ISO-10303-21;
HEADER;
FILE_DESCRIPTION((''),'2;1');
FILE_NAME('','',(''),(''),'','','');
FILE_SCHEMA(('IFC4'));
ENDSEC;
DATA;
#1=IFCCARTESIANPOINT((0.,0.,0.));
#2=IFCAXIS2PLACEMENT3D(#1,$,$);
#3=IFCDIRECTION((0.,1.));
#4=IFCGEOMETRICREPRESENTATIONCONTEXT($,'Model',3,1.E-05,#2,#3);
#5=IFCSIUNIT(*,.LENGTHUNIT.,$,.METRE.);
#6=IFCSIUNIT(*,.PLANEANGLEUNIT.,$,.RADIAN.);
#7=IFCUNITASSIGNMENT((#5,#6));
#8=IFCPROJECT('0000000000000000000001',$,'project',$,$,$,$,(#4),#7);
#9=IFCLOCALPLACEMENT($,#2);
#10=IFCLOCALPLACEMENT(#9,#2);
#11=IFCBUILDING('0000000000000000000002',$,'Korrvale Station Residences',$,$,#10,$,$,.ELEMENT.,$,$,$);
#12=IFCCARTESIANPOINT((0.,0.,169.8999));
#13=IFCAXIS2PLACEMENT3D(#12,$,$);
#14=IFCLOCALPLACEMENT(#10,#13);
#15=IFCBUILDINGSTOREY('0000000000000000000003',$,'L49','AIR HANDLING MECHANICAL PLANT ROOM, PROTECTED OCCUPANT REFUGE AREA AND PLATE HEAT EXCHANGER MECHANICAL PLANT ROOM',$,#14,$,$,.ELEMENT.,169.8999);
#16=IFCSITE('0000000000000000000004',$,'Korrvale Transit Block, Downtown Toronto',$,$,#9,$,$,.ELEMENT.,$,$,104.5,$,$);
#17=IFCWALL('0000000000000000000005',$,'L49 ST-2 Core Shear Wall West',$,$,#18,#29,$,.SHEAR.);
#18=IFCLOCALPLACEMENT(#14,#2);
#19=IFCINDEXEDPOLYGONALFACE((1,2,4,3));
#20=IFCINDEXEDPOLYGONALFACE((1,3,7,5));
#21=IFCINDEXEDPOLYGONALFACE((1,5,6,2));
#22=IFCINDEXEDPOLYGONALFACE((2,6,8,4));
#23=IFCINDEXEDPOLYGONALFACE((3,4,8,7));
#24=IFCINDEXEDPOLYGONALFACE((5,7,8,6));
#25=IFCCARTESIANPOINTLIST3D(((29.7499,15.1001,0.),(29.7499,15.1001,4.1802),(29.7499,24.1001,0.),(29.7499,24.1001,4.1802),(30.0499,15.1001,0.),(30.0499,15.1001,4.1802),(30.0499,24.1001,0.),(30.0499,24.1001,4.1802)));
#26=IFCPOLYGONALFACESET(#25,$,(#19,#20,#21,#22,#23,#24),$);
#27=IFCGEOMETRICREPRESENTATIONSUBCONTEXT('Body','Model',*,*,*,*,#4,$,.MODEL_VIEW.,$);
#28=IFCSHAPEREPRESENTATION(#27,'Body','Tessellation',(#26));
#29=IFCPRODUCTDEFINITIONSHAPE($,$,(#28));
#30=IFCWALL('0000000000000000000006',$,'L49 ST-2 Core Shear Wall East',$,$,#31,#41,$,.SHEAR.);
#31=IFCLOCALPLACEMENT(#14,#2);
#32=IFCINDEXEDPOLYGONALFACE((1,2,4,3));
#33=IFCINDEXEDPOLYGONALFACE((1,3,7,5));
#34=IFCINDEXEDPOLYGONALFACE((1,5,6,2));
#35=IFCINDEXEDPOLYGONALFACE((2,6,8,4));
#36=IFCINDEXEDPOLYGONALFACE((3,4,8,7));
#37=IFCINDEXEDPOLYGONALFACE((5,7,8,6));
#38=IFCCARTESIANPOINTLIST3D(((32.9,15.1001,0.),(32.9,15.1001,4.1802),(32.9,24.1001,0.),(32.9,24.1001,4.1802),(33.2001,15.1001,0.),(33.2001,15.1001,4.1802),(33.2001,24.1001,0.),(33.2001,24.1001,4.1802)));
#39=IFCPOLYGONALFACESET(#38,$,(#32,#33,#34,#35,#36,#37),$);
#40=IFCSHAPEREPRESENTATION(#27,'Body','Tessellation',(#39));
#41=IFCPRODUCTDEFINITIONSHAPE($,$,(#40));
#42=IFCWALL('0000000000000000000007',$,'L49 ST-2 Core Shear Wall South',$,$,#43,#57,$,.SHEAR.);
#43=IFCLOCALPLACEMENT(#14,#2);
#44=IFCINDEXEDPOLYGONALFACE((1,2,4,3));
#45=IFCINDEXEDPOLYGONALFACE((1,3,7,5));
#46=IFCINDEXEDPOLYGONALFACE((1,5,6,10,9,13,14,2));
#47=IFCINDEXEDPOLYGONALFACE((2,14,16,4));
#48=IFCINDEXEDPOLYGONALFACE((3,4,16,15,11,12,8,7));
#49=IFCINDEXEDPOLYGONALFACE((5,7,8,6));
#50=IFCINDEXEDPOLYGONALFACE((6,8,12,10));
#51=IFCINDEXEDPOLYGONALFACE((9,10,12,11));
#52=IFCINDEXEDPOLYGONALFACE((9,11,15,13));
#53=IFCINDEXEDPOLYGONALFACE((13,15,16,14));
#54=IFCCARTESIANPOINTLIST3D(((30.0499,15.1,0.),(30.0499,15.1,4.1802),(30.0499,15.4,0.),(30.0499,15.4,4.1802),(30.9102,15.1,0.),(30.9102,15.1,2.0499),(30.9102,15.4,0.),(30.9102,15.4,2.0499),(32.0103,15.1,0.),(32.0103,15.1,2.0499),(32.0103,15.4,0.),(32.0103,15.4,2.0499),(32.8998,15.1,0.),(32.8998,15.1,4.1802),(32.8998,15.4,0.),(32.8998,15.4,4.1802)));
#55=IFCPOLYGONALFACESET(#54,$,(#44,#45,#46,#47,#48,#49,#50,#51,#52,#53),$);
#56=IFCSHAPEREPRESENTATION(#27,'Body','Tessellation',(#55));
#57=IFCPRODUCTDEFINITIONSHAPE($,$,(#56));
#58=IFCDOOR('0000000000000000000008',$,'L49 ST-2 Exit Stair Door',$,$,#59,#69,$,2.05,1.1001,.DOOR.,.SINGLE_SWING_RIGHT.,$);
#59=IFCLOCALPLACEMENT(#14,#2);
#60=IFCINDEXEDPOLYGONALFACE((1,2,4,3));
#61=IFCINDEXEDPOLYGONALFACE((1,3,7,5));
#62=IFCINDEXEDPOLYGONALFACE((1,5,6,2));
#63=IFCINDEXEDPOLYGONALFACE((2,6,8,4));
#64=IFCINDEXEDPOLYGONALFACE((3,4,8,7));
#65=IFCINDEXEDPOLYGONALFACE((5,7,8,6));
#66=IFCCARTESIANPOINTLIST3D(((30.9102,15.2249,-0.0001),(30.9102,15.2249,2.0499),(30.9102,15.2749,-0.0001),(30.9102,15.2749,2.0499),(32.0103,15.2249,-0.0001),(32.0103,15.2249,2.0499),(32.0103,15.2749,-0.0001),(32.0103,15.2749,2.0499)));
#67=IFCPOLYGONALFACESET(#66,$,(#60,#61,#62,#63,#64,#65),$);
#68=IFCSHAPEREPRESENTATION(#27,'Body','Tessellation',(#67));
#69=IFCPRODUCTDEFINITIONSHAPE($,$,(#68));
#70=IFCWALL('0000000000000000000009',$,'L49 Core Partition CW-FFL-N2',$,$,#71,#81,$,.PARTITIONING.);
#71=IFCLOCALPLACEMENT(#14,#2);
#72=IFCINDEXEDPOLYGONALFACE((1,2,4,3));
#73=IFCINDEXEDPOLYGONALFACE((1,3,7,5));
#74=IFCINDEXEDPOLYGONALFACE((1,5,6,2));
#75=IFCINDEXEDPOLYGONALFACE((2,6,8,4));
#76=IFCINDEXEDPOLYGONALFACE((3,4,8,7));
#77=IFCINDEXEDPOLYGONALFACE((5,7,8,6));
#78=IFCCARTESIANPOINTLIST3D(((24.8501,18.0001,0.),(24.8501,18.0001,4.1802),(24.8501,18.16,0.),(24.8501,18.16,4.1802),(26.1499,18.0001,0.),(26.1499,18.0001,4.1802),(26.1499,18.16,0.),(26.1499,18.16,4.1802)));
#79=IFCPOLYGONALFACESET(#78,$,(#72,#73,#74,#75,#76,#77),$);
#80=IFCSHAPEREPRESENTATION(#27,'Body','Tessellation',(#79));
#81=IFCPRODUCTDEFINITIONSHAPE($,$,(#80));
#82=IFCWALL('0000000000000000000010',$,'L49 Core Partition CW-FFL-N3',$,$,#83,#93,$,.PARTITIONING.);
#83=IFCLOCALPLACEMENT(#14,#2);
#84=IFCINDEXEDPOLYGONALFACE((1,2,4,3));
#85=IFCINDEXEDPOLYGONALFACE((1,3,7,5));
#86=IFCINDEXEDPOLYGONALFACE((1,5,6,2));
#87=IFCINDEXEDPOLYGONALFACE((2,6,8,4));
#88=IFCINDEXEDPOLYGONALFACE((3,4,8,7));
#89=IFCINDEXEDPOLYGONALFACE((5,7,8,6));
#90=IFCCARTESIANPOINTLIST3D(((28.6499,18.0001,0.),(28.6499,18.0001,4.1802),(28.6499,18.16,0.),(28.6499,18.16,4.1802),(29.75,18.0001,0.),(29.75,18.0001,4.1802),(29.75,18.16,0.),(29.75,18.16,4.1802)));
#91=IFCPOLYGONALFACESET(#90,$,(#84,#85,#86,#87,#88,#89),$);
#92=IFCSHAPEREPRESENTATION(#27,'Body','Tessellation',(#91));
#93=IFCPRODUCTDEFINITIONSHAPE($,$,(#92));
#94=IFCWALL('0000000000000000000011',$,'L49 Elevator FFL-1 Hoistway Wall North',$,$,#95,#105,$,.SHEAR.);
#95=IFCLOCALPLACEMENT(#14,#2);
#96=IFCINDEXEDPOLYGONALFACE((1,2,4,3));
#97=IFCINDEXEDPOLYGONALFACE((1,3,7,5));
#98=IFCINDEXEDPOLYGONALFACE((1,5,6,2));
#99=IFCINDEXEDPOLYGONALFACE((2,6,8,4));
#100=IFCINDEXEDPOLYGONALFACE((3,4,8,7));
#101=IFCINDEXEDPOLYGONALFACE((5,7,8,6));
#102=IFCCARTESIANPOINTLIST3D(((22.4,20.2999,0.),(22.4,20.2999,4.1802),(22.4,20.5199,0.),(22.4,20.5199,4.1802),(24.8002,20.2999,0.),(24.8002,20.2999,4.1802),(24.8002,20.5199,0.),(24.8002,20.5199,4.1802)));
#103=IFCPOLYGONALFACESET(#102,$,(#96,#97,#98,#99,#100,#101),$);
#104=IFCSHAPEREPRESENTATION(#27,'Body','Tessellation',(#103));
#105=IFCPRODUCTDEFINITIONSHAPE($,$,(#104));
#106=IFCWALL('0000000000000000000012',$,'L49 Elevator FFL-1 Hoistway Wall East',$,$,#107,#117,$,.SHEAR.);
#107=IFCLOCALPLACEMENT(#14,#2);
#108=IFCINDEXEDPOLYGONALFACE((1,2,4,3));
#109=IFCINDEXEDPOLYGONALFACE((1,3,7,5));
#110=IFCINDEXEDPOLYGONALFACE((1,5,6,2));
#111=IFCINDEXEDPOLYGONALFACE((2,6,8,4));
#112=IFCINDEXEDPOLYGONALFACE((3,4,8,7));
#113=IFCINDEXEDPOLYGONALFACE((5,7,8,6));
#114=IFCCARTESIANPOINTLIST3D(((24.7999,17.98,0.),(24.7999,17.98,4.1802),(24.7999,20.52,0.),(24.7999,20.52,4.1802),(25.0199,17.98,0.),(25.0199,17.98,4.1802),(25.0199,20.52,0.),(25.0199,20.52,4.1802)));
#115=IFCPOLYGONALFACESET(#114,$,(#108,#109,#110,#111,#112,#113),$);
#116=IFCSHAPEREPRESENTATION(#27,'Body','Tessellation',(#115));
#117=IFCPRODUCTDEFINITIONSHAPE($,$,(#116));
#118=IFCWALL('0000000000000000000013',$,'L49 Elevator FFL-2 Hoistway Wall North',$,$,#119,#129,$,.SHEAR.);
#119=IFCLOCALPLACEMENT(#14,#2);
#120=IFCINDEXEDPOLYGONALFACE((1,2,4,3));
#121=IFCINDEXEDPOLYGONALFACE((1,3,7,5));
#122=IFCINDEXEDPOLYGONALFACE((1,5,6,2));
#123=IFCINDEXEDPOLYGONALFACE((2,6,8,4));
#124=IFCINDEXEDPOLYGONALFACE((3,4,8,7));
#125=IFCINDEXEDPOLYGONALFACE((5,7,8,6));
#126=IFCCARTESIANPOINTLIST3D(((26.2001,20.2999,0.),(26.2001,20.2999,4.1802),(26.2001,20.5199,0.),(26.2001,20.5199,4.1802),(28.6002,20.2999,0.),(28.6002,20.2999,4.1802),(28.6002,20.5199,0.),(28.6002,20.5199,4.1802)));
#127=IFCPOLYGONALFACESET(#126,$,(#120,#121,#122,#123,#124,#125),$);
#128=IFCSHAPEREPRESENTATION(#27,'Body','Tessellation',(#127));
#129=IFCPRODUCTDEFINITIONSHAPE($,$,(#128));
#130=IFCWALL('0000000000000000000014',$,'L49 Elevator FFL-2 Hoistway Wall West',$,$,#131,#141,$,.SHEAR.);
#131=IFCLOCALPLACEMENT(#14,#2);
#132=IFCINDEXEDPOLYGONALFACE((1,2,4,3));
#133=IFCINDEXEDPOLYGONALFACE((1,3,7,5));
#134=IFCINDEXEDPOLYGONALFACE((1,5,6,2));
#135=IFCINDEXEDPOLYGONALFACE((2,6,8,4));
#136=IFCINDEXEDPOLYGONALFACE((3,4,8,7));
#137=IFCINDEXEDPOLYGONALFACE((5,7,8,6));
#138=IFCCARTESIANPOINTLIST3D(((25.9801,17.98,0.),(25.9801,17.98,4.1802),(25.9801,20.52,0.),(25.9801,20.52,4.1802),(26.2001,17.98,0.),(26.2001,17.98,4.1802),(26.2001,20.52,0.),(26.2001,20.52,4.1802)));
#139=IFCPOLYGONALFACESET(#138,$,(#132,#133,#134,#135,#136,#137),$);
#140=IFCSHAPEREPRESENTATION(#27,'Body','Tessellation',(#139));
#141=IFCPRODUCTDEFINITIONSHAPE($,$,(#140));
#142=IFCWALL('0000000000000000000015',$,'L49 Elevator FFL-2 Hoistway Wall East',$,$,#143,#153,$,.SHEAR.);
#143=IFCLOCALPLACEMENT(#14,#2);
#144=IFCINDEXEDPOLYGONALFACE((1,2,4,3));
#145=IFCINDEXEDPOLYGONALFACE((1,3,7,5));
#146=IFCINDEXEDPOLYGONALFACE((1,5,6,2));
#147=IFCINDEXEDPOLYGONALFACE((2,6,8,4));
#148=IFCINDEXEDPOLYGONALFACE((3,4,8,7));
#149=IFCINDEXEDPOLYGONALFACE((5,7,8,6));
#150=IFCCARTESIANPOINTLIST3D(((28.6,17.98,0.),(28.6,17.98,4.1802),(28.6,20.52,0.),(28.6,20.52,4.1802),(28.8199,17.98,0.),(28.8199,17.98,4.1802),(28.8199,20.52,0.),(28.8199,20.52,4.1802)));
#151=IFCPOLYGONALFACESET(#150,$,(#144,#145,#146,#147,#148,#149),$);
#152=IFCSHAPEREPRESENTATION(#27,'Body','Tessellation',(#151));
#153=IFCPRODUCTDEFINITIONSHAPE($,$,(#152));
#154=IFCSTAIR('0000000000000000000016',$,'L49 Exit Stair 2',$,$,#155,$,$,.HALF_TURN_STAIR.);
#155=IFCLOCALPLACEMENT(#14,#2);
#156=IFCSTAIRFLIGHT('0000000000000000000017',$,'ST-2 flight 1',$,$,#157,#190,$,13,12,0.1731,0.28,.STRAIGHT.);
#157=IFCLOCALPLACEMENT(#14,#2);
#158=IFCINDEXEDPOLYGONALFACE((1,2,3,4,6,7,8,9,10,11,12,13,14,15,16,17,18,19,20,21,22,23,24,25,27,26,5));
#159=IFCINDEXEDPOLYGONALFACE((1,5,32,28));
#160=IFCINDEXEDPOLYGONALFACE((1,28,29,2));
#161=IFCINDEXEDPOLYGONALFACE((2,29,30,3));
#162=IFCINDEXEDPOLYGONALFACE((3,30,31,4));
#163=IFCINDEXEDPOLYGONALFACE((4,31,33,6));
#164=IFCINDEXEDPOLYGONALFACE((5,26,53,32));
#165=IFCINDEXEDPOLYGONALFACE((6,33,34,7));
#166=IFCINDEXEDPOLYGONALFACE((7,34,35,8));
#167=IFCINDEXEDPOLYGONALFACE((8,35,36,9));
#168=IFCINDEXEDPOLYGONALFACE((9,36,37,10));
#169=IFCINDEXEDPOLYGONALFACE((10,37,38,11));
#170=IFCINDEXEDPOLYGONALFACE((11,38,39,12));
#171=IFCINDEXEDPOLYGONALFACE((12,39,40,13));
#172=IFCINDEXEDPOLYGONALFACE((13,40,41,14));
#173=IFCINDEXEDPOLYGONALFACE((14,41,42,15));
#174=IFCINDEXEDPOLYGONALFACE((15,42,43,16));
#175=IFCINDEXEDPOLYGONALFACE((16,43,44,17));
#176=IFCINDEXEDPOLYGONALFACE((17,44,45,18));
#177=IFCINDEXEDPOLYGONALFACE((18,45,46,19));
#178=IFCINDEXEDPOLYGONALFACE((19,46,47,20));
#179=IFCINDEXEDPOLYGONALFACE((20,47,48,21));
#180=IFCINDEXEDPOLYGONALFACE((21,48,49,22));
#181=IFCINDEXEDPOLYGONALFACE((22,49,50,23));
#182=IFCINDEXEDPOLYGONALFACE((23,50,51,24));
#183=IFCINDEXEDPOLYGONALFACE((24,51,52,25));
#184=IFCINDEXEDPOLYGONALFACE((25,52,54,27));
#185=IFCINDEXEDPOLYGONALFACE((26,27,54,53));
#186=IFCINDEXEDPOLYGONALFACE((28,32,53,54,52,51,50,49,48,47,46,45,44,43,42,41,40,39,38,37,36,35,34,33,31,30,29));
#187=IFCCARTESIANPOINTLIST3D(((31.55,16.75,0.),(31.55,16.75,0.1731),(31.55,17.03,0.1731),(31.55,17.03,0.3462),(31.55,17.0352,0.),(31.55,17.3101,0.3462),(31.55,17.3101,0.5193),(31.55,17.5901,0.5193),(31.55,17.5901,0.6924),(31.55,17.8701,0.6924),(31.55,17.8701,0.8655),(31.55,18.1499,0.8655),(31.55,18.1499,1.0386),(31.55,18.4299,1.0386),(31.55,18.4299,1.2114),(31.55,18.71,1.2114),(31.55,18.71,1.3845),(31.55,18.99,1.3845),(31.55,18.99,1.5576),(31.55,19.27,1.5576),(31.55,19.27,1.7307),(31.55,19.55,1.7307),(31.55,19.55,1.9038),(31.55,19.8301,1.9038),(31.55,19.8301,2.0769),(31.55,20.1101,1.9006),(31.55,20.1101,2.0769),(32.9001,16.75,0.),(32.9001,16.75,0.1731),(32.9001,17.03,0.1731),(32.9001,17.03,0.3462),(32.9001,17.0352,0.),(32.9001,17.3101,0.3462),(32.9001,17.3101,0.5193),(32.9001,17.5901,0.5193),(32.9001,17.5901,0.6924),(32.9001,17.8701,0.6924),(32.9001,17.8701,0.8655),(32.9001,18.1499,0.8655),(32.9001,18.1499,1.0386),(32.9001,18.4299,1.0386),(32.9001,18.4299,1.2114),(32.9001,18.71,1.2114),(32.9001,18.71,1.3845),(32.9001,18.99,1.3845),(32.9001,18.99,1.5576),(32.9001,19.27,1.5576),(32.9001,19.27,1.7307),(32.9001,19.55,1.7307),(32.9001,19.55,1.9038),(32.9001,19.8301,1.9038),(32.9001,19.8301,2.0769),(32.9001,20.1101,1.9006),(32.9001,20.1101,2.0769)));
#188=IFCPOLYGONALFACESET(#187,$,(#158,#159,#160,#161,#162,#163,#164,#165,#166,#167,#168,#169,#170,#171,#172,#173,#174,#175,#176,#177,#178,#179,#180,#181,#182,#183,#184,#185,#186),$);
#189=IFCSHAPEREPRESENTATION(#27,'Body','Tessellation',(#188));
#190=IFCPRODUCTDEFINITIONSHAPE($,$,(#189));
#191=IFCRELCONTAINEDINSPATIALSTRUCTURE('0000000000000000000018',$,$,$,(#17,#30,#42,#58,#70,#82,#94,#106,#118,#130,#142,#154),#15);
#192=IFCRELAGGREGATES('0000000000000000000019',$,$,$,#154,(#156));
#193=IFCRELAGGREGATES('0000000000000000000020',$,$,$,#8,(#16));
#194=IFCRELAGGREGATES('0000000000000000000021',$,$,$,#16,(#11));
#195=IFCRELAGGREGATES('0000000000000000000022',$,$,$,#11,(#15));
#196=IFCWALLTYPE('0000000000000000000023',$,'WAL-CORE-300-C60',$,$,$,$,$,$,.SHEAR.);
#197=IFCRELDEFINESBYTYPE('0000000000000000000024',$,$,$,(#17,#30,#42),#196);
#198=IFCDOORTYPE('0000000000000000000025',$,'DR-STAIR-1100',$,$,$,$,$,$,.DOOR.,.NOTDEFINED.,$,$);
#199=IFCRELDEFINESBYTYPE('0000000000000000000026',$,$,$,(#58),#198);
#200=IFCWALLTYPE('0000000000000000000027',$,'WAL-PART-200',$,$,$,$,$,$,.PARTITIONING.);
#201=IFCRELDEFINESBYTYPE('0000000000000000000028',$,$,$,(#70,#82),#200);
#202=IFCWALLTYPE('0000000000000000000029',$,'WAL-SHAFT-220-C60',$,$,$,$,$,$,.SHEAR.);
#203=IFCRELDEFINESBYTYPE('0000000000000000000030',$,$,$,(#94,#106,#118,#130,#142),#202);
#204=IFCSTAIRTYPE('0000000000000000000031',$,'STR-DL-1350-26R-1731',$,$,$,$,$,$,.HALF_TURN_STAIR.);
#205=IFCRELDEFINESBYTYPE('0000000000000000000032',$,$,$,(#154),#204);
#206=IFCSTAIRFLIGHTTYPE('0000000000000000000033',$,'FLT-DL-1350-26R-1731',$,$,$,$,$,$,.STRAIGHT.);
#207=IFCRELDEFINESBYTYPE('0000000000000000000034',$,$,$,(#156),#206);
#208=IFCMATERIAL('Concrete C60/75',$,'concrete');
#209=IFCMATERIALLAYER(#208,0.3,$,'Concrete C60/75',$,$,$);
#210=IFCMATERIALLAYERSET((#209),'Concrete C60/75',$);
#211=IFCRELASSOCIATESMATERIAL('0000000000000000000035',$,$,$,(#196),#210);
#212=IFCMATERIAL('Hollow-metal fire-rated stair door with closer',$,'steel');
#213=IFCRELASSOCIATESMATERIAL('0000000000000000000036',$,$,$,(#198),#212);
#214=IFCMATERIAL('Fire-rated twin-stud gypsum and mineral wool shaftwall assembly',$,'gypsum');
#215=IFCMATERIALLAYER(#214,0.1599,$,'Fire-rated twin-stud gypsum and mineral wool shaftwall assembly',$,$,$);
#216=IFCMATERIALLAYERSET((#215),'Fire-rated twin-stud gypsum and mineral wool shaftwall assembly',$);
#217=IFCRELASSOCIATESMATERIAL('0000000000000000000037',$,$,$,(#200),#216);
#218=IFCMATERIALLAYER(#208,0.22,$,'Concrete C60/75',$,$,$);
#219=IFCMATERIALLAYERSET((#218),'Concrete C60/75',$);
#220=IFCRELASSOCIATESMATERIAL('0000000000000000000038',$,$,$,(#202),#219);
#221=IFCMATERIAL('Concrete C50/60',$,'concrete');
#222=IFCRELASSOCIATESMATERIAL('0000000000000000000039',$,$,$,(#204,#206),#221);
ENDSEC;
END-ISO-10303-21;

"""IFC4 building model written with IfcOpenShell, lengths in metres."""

from ifc_helpers import new_model, si_unit, direction, frame, frame_2d, origin, place, context, subcontext, project, spatial, polyline, rectangle, outline, extrude, material, layer, layer_set, type_object, element, fill, aggregate, save


model = new_model("IFC4")

# Units and contexts
model_context = context("Model", 3, precision=1e-05, world=origin(), true_north=direction((0.0, 1.0)))
body_context = subcontext(model_context, "Body", "Model", "MODEL_VIEW")
ifc_project = project(units=[si_unit("LENGTHUNIT", "METRE"), si_unit("PLANEANGLEUNIT", "RADIAN")], contexts=[model_context])

# Site, building, storey
site_placement = place(None, origin())
site = spatial("IfcSite", under=ifc_project, at=site_placement, Name="Korrvale Transit Block, Downtown Toronto", CompositionType="ELEMENT", RefElevation=104.5)
building_placement = place(site_placement, origin())
building = spatial("IfcBuilding", under=site, at=building_placement, Name="Korrvale Station Residences", CompositionType="ELEMENT")
storey_placement = place(building_placement, frame((0.0, 0.0, 169.8999)))
storey = spatial("IfcBuildingStorey", under=building, at=storey_placement, Name="L49", Description="AIR HANDLING MECHANICAL PLANT ROOM, PROTECTED OCCUPANT REFUGE AREA AND PLATE HEAT EXCHANGER MECHANICAL PLANT ROOM", CompositionType="ELEMENT", Elevation=169.8999)

# Walls
ifc_material_1 = material(Name="Concrete C60/75", Category="concrete")
ifc_layer_1 = layer(ifc_material_1, 0.3, Name="Concrete C60/75")
ifc_layer_set_1 = layer_set([ifc_layer_1], Name="Concrete C60/75")
wall_type_1 = type_object("IfcWallType", Name="WAL-CORE-300-C60", PredefinedType="SHEAR", material=ifc_layer_set_1)
for number, where, z_axis, x_axis, name in (
    (1, (29.8999, 15.1001, 0.0), (0.0, 0.0, 1.0), (0.0, 1.0, 0.0), "L49 ST-2 Core Shear Wall West"),
    (2, (33.05, 15.1001, 0.0), (0.0, 0.0, 1.0), (0.0, 1.0, 0.0), "L49 ST-2 Core Shear Wall East"),
):
    element("IfcWall", number, at=place(storey_placement, frame(where, z_axis=z_axis, x_axis=x_axis)), inside=storey, type_object=wall_type_1, Name=name, PredefinedType="SHEAR", context=body_context, shape_type="SweptSolid", body=[
        extrude(rectangle(XDim=9.0, YDim=0.3, at=frame_2d((4.5, 0.0))), origin(), (0.0, 0.0, 1.0), 4.1802),
    ])

# Wall, opening, door
wall_1_placement = place(storey_placement, frame((30.05, 15.25, 0.0), z_axis=(0.0, 0.0, 1.0), x_axis=(1.0, 0.0, 0.0)))
wall_1 = element("IfcWall", 3, at=wall_1_placement, inside=storey, type_object=wall_type_1, Name="L49 ST-2 Core Shear Wall South", PredefinedType="SHEAR", context=body_context, shape_type="SweptSolid", body=[
    extrude(rectangle(XDim=2.8499, YDim=0.3, at=frame_2d((1.4248, 0.0))), origin(), (0.0, 0.0, 1.0), 4.1802),
])
opening_1_placement = place(wall_1_placement, frame((0.8601, 0.0, 0.0)))
opening_1 = element("IfcOpeningElement", 4, at=opening_1_placement, cuts=wall_1, PredefinedType="OPENING", context=body_context, shape_type="SweptSolid", body=[
    extrude(rectangle(XDim=1.1001, YDim=2.05, at=frame_2d((0.55, 1.0249))), frame((0.0, 0.1602, 0.0), z_axis=(0.0, -1.0, 0.0), x_axis=(1.0, 0.0, 0.0)), (0.0, 0.0, 1.0), 0.3201),
])
ifc_material_2 = material(Name="Hollow-metal fire-rated stair door with closer", Category="steel")
door_type_1 = type_object("IfcDoorType", Name="DR-STAIR-1100", OperationType="NOTDEFINED", PredefinedType="DOOR", material=ifc_material_2)
door_1_placement = place(opening_1_placement, origin())
door_1 = element("IfcDoor", 5, at=door_1_placement, inside=storey, type_object=door_type_1, Name="L49 ST-2 Exit Stair Door", OperationType="SINGLE_SWING_RIGHT", OverallHeight=2.05, OverallWidth=1.1001, PredefinedType="DOOR", context=body_context, shape_type="SweptSolid", body=[
    extrude(rectangle(XDim=1.1001, YDim=2.05, at=frame_2d((0.55, 1.0249))), frame((0.0, 0.0249, 0.0), z_axis=(0.0, -1.0, 0.0), x_axis=(1.0, 0.0, 0.0)), (0.0, 0.0, 1.0), 0.05),
])
fill(opening_1, door_1)

# Walls
ifc_material_3 = material(Name="Fire-rated twin-stud gypsum and mineral wool shaftwall assembly", Category="gypsum")
ifc_layer_2 = layer(ifc_material_3, 0.1599, Name="Fire-rated twin-stud gypsum and mineral wool shaftwall assembly")
ifc_layer_set_2 = layer_set([ifc_layer_2], Name="Fire-rated twin-stud gypsum and mineral wool shaftwall assembly")
wall_type_2 = type_object("IfcWallType", Name="WAL-PART-200", PredefinedType="PARTITIONING", material=ifc_layer_set_2)
wall_2_placement = place(storey_placement, frame((24.8501, 18.0801, 0.0), z_axis=(0.0, 0.0, 1.0), x_axis=(1.0, 0.0, 0.0)))
element("IfcWall", 6, at=wall_2_placement, inside=storey, type_object=wall_type_2, Name="L49 Core Partition CW-FFL-N2", PredefinedType="PARTITIONING", context=body_context, shape_type="SweptSolid", body=[
    extrude(rectangle(XDim=1.2998, YDim=0.1599, at=frame_2d((0.6499, 0.0))), origin(), (0.0, 0.0, 1.0), 4.1802),
])
wall_3_placement = place(storey_placement, frame((28.6499, 18.0801, 0.0), z_axis=(0.0, 0.0, 1.0), x_axis=(1.0, 0.0, 0.0)))
element("IfcWall", 7, at=wall_3_placement, inside=storey, type_object=wall_type_2, Name="L49 Core Partition CW-FFL-N3", PredefinedType="PARTITIONING", context=body_context, shape_type="SweptSolid", body=[
    extrude(rectangle(XDim=1.1001, YDim=0.1599, at=frame_2d((0.55, 0.0))), origin(), (0.0, 0.0, 1.0), 4.1802),
])

# Shared definitions
ifc_layer_3 = layer(ifc_material_1, 0.22, Name="Concrete C60/75")
ifc_layer_set_3 = layer_set([ifc_layer_3], Name="Concrete C60/75")
wall_type_3 = type_object("IfcWallType", Name="WAL-SHAFT-220-C60", PredefinedType="SHEAR", material=ifc_layer_set_3)

# Walls
wall_4_placement = place(storey_placement, frame((22.3999, 20.4099, 0.0), z_axis=(0.0, 0.0, 1.0), x_axis=(1.0, 0.0, 0.0)))
element("IfcWall", 8, at=wall_4_placement, inside=storey, type_object=wall_type_3, Name="L49 Elevator FFL-1 Hoistway Wall North", PredefinedType="SHEAR", context=body_context, shape_type="SweptSolid", body=[
    extrude(rectangle(XDim=2.4001, YDim=0.22, at=frame_2d((1.2002, 0.0))), origin(), (0.0, 0.0, 1.0), 4.1802),
])
wall_5_placement = place(storey_placement, frame((24.9099, 17.98, 0.0), z_axis=(0.0, 0.0, 1.0), x_axis=(0.0, 1.0, 0.0)))
element("IfcWall", 9, at=wall_5_placement, inside=storey, type_object=wall_type_3, Name="L49 Elevator FFL-1 Hoistway Wall East", PredefinedType="SHEAR", context=body_context, shape_type="SweptSolid", body=[
    extrude(rectangle(XDim=2.54, YDim=0.22, at=frame_2d((1.27, 0.0))), origin(), (0.0, 0.0, 1.0), 4.1802),
])

# Walls
wall_6_placement = place(storey_placement, frame((26.2, 20.4099, 0.0), z_axis=(0.0, 0.0, 1.0), x_axis=(1.0, 0.0, 0.0)))
element("IfcWall", 10, at=wall_6_placement, inside=storey, type_object=wall_type_3, Name="L49 Elevator FFL-2 Hoistway Wall North", PredefinedType="SHEAR", context=body_context, shape_type="SweptSolid", body=[
    extrude(rectangle(XDim=2.4001, YDim=0.22, at=frame_2d((1.2002, 0.0))), origin(), (0.0, 0.0, 1.0), 4.1802),
])
for number, where, z_axis, x_axis, name in (
    (11, (26.0901, 17.98, 0.0), (0.0, 0.0, 1.0), (0.0, 1.0, 0.0), "L49 Elevator FFL-2 Hoistway Wall West"),
    (12, (28.71, 17.98, 0.0), (0.0, 0.0, 1.0), (0.0, 1.0, 0.0), "L49 Elevator FFL-2 Hoistway Wall East"),
):
    element("IfcWall", number, at=place(storey_placement, frame(where, z_axis=z_axis, x_axis=x_axis)), inside=storey, type_object=wall_type_3, Name=name, PredefinedType="SHEAR", context=body_context, shape_type="SweptSolid", body=[
        extrude(rectangle(XDim=2.54, YDim=0.22, at=frame_2d((1.27, 0.0))), origin(), (0.0, 0.0, 1.0), 4.1802),
    ])

# Stair, stair flight
ifc_material_4 = material(Name="Concrete C50/60", Category="concrete")
stair_type = type_object("IfcStairType", Name="STR-DL-1350-26R-1731", PredefinedType="HALF_TURN_STAIR", material=ifc_material_4)
stair_placement = place(storey_placement, origin())
stair = element("IfcStair", 13, at=stair_placement, inside=storey, type_object=stair_type, Name="L49 Exit Stair 2", PredefinedType="HALF_TURN_STAIR")
stair_flight_type = type_object("IfcStairFlightType", Name="FLT-DL-1350-26R-1731", PredefinedType="STRAIGHT", material=ifc_material_4)
stair_flight_1_placement = place(storey_placement, frame((32.2251, 16.75, 0.0), z_axis=(0.0, 0.0, 1.0), x_axis=(0.0, 1.0, 0.0)))
stair_flight_1 = element("IfcStairFlight", 14, at=stair_flight_1_placement, type_object=stair_flight_type, Name="ST-2 flight 1", NumberOfRisers=13, NumberOfTreads=12, PredefinedType="STRAIGHT", RiserHeight=0.1731, TreadLength=0.28, context=body_context, shape_type="SweptSolid", body=[
    extrude(outline(polyline([(0.0, 0.0), (0.0, 0.1731), (0.28, 0.1731), (0.28, 0.3462), (0.5601, 0.3462), (0.5601, 0.5193), (0.8401, 0.5193), (0.8401, 0.6924), (1.1201, 0.6924), (1.1201, 0.8655), (1.3999, 0.8655), (1.3999, 1.0386), (1.6799, 1.0386), (1.6799, 1.2114), (1.96, 1.2114), (1.96, 1.3845), (2.24, 1.3845), (2.24, 1.5576), (2.52, 1.5576), (2.52, 1.7307), (2.8, 1.7307), (2.8, 1.9038), (3.0801, 1.9038), (3.0801, 2.0769), (3.3601, 2.0769), (3.3601, 2.25), (3.3601, 1.9006), (0.2852, 0.0), (0.0, 0.0)])), frame((0.0, 0.675, 0.0), z_axis=(0.0, -1.0, 0.0), x_axis=(1.0, 0.0, 0.0)), (0.0, 0.0, 1.0), 1.3501),
])
aggregate(stair, [stair_flight_1])

save(model, "model.ifc")
